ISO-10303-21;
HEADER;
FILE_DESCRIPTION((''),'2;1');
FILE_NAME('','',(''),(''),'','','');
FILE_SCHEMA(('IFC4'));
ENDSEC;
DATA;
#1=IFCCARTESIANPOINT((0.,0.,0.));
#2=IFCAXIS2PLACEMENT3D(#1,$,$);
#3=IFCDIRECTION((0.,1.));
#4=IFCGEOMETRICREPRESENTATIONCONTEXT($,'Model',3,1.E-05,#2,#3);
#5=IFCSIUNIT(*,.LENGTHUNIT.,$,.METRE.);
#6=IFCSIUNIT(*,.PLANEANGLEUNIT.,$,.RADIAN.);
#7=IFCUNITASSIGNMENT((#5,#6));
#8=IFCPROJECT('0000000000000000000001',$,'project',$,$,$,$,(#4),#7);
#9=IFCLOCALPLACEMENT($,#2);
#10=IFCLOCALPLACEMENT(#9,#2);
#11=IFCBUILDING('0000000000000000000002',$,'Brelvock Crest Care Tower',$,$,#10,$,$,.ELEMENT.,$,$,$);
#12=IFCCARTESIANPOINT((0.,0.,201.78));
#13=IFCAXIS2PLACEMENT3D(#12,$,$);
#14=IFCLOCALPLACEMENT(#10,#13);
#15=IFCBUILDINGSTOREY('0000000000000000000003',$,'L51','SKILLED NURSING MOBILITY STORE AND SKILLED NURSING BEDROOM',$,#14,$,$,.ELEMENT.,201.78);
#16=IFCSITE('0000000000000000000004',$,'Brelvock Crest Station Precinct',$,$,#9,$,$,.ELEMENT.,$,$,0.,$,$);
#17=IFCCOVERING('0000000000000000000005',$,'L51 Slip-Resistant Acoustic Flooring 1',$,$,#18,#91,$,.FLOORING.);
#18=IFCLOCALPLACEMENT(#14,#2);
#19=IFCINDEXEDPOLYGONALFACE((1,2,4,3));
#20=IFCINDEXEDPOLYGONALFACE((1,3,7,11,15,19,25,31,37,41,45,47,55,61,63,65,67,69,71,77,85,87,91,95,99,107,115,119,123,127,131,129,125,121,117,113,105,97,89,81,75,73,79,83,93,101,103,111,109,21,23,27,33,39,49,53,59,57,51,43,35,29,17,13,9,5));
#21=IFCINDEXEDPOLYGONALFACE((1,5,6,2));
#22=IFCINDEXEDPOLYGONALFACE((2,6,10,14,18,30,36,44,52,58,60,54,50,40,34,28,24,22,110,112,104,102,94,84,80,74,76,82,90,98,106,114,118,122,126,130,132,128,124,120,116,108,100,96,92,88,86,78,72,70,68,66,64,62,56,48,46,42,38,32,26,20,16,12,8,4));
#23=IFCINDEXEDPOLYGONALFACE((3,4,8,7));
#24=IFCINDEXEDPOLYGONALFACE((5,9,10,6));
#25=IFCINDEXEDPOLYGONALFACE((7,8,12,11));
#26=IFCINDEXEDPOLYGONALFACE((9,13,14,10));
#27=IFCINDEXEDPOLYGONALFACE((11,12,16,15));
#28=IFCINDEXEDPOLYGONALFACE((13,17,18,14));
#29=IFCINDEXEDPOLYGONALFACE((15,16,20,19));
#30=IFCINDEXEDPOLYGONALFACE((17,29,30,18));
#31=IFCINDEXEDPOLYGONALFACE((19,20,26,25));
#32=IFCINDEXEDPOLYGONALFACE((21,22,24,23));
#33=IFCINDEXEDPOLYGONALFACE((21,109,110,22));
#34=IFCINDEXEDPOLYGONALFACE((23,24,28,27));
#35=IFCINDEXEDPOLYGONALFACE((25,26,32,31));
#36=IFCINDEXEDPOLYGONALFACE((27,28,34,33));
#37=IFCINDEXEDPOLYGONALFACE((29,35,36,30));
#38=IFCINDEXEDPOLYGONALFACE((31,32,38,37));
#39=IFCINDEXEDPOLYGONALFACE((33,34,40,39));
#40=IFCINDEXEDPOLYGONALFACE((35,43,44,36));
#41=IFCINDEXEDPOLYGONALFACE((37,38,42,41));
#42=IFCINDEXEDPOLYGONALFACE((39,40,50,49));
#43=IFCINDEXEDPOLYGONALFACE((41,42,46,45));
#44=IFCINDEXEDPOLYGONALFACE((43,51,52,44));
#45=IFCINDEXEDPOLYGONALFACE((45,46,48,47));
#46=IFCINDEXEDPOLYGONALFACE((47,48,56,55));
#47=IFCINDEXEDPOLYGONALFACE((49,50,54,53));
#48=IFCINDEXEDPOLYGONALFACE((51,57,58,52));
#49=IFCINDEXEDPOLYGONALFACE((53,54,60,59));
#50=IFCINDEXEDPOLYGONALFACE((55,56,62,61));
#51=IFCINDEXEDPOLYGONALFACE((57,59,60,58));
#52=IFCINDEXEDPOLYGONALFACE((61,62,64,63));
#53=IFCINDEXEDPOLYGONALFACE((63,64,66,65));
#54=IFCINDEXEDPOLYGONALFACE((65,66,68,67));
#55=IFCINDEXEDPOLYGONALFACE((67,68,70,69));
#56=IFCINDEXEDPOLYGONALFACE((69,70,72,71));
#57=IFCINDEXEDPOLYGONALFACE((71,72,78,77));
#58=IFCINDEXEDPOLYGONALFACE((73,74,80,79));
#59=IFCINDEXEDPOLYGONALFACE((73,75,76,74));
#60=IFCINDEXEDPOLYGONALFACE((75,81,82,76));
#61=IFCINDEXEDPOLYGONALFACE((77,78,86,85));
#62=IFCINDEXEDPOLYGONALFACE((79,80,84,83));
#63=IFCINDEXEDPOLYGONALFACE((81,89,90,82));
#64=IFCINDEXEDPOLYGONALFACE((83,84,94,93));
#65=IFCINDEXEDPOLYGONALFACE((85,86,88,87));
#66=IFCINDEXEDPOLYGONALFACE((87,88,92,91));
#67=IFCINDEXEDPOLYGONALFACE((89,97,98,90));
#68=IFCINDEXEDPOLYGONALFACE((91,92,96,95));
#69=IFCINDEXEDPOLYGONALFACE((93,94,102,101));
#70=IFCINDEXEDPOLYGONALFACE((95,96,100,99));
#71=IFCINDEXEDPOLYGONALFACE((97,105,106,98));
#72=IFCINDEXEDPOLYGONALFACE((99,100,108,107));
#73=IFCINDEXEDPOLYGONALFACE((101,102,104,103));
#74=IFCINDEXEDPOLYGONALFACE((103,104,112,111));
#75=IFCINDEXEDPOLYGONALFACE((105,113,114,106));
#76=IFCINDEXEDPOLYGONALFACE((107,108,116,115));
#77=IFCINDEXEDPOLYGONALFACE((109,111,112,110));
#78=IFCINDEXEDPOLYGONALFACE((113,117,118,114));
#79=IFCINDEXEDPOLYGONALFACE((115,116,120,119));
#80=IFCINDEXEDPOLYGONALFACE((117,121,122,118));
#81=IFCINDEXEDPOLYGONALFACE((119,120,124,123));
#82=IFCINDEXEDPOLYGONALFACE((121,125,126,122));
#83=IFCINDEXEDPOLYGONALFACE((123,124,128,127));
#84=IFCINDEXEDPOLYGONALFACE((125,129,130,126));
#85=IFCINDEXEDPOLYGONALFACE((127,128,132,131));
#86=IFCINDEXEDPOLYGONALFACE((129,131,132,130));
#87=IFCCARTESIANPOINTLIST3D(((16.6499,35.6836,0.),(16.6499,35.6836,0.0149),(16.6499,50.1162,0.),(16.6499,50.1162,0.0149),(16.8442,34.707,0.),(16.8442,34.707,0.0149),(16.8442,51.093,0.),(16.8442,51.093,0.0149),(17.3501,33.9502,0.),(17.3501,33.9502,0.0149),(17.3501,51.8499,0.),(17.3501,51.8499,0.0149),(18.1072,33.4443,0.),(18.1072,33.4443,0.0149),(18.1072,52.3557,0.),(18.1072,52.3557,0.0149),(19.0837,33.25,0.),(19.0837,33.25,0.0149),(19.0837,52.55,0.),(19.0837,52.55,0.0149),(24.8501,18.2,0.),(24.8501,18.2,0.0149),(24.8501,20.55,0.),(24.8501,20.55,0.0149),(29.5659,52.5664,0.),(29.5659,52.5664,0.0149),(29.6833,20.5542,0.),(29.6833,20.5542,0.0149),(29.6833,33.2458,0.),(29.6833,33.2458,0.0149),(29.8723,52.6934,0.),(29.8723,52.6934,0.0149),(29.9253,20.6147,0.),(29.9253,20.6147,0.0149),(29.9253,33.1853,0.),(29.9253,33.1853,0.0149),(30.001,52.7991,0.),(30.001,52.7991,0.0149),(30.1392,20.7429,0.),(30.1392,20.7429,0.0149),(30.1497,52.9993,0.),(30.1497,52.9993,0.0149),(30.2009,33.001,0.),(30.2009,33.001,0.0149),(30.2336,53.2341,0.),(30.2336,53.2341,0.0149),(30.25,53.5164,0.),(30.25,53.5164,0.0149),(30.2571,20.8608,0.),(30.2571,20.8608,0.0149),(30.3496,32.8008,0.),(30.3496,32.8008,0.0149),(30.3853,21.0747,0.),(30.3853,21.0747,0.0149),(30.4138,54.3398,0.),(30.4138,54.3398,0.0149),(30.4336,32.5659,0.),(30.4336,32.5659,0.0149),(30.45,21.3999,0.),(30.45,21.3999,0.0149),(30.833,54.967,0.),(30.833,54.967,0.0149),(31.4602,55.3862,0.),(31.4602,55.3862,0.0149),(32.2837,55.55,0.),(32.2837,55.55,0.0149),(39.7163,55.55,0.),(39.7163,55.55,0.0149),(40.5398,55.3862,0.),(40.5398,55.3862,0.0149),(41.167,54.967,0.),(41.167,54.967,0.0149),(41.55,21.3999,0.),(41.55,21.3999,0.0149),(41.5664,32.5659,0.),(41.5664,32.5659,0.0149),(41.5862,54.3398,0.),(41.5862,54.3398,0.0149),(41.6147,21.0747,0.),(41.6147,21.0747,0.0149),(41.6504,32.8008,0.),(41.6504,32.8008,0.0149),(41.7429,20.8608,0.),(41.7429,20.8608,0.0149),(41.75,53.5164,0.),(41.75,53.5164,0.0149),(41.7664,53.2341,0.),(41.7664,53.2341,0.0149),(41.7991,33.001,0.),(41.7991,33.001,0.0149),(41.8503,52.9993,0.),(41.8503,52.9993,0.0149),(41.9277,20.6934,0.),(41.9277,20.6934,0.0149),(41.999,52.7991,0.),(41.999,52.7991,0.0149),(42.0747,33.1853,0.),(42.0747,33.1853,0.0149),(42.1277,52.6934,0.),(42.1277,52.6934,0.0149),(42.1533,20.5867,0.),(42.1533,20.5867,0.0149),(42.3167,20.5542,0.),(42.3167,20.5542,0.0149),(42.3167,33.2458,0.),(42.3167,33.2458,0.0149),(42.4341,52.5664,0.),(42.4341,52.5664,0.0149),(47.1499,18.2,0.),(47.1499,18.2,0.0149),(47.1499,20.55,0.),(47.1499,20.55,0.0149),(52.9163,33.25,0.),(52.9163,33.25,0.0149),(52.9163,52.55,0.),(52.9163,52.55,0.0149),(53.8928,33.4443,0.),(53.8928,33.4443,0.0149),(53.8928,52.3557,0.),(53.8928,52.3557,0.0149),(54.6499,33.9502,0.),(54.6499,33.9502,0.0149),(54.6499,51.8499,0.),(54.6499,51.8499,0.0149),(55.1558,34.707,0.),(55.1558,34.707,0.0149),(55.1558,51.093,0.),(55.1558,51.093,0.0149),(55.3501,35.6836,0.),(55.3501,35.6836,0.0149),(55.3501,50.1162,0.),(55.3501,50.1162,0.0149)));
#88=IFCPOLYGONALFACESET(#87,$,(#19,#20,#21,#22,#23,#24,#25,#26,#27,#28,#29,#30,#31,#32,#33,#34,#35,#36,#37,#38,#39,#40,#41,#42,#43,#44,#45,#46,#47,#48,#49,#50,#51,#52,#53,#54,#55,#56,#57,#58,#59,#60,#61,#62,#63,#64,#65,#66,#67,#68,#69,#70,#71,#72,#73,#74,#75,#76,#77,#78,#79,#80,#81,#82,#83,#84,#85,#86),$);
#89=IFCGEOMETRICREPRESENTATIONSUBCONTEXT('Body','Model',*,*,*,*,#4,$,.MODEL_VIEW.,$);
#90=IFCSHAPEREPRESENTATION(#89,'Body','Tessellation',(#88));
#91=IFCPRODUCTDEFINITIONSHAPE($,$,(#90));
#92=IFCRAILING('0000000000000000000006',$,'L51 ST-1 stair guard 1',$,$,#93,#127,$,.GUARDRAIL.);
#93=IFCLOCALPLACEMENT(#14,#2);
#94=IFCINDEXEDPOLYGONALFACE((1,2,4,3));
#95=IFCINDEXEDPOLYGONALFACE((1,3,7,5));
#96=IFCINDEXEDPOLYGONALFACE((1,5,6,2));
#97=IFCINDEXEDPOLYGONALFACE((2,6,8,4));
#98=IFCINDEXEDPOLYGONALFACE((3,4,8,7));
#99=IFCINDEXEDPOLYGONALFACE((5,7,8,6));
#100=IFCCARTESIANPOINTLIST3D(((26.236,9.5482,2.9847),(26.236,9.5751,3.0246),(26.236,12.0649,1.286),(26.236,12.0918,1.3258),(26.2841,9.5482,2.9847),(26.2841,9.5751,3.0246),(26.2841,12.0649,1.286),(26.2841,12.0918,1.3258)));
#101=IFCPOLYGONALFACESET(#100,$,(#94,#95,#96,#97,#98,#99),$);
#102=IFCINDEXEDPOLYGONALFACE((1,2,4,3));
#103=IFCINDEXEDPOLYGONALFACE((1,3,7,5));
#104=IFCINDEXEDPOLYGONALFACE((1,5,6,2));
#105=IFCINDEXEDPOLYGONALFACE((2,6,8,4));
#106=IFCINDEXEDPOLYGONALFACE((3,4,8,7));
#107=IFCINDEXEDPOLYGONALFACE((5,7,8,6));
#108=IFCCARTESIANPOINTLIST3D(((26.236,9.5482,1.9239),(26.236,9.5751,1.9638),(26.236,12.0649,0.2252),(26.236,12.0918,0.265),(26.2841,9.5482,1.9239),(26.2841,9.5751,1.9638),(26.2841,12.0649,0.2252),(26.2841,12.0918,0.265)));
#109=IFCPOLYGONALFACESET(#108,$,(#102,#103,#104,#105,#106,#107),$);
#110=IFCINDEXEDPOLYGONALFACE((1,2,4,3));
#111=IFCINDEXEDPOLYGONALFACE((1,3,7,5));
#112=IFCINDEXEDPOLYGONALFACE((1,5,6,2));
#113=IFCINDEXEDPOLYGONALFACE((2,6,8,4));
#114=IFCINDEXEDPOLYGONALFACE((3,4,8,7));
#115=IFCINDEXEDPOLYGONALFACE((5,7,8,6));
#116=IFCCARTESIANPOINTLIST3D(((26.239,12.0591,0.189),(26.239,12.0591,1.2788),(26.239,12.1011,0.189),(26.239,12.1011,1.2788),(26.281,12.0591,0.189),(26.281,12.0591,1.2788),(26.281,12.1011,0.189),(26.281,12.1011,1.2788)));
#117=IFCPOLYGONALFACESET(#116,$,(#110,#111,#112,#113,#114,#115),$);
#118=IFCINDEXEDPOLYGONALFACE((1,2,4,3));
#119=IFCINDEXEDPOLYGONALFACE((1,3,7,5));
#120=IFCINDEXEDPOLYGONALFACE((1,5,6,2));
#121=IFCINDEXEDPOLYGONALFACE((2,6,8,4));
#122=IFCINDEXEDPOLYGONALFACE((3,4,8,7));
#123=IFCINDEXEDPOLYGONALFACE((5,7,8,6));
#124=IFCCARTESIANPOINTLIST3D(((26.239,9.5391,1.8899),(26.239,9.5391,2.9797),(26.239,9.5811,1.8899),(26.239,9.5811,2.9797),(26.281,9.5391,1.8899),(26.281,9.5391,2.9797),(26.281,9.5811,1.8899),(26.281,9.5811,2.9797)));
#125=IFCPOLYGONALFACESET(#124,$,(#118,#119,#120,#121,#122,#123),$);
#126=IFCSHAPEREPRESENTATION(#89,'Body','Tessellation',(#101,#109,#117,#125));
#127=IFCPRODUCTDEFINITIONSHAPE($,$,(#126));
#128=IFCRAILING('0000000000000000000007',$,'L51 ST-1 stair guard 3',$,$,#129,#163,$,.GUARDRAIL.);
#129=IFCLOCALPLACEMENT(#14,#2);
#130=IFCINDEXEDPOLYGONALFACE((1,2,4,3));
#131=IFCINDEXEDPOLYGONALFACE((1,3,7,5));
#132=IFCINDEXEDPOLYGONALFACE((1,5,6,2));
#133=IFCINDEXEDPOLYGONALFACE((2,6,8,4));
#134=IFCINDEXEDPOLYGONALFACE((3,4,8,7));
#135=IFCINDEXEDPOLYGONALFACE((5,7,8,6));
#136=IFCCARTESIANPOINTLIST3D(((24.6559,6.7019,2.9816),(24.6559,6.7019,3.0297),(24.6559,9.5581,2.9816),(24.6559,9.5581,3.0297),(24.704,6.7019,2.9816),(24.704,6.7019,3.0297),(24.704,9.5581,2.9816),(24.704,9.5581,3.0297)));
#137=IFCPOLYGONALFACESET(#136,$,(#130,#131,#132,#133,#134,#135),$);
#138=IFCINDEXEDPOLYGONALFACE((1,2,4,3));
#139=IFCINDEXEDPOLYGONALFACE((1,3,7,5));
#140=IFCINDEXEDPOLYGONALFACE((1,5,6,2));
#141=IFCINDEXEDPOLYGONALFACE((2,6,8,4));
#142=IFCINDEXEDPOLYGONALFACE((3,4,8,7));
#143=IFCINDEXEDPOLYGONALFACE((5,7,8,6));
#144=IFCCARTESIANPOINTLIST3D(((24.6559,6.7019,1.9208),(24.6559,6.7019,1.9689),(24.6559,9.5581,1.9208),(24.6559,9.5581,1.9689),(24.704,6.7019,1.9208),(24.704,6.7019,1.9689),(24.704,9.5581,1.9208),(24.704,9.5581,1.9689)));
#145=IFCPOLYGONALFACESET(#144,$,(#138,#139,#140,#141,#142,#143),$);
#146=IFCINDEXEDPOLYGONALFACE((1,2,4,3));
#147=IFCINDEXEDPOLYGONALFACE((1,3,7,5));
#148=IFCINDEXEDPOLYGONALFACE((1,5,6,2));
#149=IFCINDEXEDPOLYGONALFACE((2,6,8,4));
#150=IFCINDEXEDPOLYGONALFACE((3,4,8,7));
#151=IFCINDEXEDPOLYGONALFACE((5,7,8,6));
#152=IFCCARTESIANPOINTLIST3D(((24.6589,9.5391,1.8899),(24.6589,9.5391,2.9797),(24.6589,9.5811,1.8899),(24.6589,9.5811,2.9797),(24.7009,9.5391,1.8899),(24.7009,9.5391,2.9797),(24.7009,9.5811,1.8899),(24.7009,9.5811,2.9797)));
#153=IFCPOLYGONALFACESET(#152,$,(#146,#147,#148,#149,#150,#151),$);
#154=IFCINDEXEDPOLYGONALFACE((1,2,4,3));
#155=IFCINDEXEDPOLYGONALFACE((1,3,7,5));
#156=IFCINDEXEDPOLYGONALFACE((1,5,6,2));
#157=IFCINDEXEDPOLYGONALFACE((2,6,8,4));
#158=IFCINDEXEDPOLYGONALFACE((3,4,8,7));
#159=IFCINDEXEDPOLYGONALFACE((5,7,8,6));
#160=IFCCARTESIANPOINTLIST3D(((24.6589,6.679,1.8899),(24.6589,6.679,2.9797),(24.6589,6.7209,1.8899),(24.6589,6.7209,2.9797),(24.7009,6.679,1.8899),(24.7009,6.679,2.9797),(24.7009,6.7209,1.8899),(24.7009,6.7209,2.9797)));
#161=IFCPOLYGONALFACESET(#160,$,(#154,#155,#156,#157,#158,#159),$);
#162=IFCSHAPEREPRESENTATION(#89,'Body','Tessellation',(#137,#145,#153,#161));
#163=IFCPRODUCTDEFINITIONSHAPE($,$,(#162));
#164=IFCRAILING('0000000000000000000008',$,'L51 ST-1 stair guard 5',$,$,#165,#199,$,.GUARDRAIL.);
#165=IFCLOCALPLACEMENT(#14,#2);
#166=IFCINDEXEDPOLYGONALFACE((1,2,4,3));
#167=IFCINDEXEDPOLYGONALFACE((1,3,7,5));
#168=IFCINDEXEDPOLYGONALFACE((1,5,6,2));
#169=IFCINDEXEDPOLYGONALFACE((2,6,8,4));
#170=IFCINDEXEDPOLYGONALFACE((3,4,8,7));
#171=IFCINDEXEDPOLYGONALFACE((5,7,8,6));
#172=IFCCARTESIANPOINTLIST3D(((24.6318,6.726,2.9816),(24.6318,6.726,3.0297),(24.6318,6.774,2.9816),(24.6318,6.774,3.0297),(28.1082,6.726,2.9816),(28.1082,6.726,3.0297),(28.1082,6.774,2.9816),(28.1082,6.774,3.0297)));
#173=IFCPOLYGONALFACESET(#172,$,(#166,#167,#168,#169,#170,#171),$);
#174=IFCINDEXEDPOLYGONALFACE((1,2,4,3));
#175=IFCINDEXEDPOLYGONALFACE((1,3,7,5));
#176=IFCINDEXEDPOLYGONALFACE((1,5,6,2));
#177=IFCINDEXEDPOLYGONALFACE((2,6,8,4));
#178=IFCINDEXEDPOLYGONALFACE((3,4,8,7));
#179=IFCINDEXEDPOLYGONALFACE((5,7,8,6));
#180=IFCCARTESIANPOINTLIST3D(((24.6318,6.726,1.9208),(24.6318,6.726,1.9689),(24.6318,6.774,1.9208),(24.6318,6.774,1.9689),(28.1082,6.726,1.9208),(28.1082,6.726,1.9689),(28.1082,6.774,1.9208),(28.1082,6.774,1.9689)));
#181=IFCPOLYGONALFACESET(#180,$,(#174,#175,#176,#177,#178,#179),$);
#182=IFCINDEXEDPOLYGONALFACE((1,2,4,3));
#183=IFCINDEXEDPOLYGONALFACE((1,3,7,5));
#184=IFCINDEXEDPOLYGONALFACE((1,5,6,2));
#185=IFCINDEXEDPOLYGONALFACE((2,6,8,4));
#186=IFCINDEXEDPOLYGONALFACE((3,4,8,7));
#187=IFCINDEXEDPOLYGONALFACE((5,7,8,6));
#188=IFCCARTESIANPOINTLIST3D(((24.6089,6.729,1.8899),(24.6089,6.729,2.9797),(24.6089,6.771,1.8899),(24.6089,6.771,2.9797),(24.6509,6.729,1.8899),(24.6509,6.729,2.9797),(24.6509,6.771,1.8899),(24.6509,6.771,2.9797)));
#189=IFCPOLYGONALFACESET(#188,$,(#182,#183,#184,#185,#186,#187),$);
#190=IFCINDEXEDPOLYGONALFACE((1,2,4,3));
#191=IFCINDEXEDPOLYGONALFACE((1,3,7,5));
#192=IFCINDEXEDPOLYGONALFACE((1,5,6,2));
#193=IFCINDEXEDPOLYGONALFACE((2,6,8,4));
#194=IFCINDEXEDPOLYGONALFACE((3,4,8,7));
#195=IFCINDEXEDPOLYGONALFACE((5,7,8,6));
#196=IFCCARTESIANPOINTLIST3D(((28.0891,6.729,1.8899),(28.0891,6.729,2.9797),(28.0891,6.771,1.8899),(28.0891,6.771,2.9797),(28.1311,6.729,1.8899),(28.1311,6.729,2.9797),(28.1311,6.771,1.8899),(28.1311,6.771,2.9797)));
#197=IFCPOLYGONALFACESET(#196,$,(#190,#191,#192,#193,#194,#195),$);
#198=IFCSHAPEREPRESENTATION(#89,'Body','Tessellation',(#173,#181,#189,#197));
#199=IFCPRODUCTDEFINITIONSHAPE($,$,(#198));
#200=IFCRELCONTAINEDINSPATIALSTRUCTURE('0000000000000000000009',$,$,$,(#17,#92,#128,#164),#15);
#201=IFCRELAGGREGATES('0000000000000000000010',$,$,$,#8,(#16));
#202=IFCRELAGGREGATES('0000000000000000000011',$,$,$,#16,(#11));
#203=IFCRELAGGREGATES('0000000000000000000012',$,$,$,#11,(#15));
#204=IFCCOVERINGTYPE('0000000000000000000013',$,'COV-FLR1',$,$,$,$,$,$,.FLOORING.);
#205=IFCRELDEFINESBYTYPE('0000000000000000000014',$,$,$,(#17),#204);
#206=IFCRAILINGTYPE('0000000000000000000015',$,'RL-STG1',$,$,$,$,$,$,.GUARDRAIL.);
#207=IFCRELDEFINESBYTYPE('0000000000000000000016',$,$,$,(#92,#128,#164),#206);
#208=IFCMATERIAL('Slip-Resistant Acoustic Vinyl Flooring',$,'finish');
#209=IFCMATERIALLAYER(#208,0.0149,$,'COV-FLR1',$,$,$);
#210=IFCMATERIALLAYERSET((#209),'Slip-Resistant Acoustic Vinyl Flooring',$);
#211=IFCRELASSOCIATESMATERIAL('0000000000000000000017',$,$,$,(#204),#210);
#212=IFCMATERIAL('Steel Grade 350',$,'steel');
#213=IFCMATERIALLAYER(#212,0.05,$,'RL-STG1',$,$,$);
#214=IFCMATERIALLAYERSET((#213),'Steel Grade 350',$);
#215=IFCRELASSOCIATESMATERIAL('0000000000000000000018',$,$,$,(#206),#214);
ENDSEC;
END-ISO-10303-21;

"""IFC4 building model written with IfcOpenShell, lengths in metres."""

from ifc_helpers import new_model, si_unit, direction, frame, origin, origin_2d, place, context, subcontext, project, spatial, polyline, rectangle, outline, extrude, material, layer, layer_set, type_object, element, save


model = new_model("IFC4")

# Units and contexts
model_context = context("Model", 3, precision=1e-05, world=origin(), true_north=direction((0.0, 1.0)))
body_context = subcontext(model_context, "Body", "Model", "MODEL_VIEW")
ifc_project = project(units=[si_unit("LENGTHUNIT", "METRE"), si_unit("PLANEANGLEUNIT", "RADIAN")], contexts=[model_context])

# Site, building, storey
site_placement = place(None, origin())
site = spatial("IfcSite", under=ifc_project, at=site_placement, Name="Brelvock Crest Station Precinct", CompositionType="ELEMENT", RefElevation=0.0)
building_placement = place(site_placement, origin())
building = spatial("IfcBuilding", under=site, at=building_placement, Name="Brelvock Crest Care Tower", CompositionType="ELEMENT")
storey_placement = place(building_placement, frame((0.0, 0.0, 201.78)))
storey = spatial("IfcBuildingStorey", under=building, at=storey_placement, Name="L51", Description="SKILLED NURSING MOBILITY STORE AND SKILLED NURSING BEDROOM", CompositionType="ELEMENT", Elevation=201.78)

# Shared definitions
ifc_material_1 = material(Name="Steel Grade 350", Category="steel")

# Covering
ifc_material_2 = material(Name="Slip-Resistant Acoustic Vinyl Flooring", Category="finish")
ifc_layer_1 = layer(ifc_material_2, 0.0149, Name="COV-FLR1")
ifc_layer_set_1 = layer_set([ifc_layer_1], Name="Slip-Resistant Acoustic Vinyl Flooring")
covering_type_1 = type_object("IfcCoveringType", Name="COV-FLR1", PredefinedType="FLOORING", material=ifc_layer_set_1)
covering_1_placement = place(storey_placement, origin())
element("IfcCovering", 1, at=covering_1_placement, inside=storey, type_object=covering_type_1, Name="L51 Slip-Resistant Acoustic Flooring 1", PredefinedType="FLOORING", context=body_context, shape_type="SweptSolid", body=[
    extrude(outline(polyline([(24.8501, 18.2), (47.1499, 18.2), (47.1499, 20.55), (42.3167, 20.5542), (42.1533, 20.5867), (41.9277, 20.6934), (41.7429, 20.8608), (41.6147, 21.0747), (41.55, 21.3999), (41.5664, 32.5659), (41.6504, 32.8008), (41.7991, 33.001), (42.0747, 33.1853), (42.3167, 33.2458), (52.9163, 33.25), (53.8928, 33.4443), (54.6499, 33.9502), (55.1558, 34.707), (55.3501, 35.6836), (55.3501, 50.1162), (55.1558, 51.093), (54.6499, 51.8499), (53.8928, 52.3557), (52.9163, 52.55), (42.4341, 52.5664), (42.1277, 52.6934), (41.999, 52.7991), (41.8503, 52.9993), (41.7664, 53.2341), (41.75, 53.5164), (41.5862, 54.3398), (41.167, 54.967), (40.5398, 55.3862), (39.7163, 55.55), (32.2837, 55.55), (31.4602, 55.3862), (30.833, 54.967), (30.4138, 54.3398), (30.25, 53.5164), (30.2336, 53.2341), (30.1497, 52.9993), (30.001, 52.7991), (29.8723, 52.6934), (29.5659, 52.5664), (19.0837, 52.55), (18.1072, 52.3557), (17.3501, 51.8499), (16.8442, 51.093), (16.6499, 50.1162), (16.6499, 35.6836), (16.8442, 34.707), (17.3501, 33.9502), (18.1072, 33.4443), (19.0837, 33.25), (29.6833, 33.2458), (29.9253, 33.1853), (30.2009, 33.001), (30.3496, 32.8008), (30.4336, 32.5659), (30.45, 21.3999), (30.3853, 21.0747), (30.2571, 20.8608), (30.1392, 20.7429), (29.9253, 20.6147), (29.6833, 20.5542), (24.8501, 20.55), (24.8501, 18.2)])), origin(), (0.0, 0.0, 1.0), 0.0149),
])

# Railings
ifc_layer_2 = layer(ifc_material_1, 0.05, Name="RL-STG1")
ifc_layer_set_2 = layer_set([ifc_layer_2], Name="Steel Grade 350")
railing_type_1 = type_object("IfcRailingType", Name="RL-STG1", PredefinedType="GUARDRAIL", material=ifc_layer_set_2)
railing_1_placement = place(storey_placement, frame((26.26, 12.0801, 0.189)))
element("IfcRailing", 2, at=railing_1_placement, inside=storey, type_object=railing_type_1, Name="L51 ST-1 stair guard 1", PredefinedType="GUARDRAIL", context=body_context, shape_type="SweptSolid", body=[
    extrude(rectangle(XDim=0.0481, YDim=0.0481, at=origin_2d()), frame((0.0, -0.0017, 1.1169), z_axis=(0.0, -0.828862, 0.559454), x_axis=(1.0, 0.0, 0.0)), (0.0, 0.0, 1.0), 3.0364),
    extrude(rectangle(XDim=0.0481, YDim=0.0481, at=origin_2d()), frame((0.0, -0.0017, 0.0562), z_axis=(0.0, -0.828862, 0.559454), x_axis=(1.0, 0.0, 0.0)), (0.0, 0.0, 1.0), 3.0364),
    extrude(rectangle(XDim=0.042, YDim=0.042, at=origin_2d()), origin(), (0.0, 0.0, 1.0), 1.0898),
    extrude(rectangle(XDim=0.042, YDim=0.042, at=origin_2d()), frame((0.0, -2.52, 1.7009)), (0.0, 0.0, 1.0), 1.0898),
])
railing_2_placement = place(storey_placement, frame((24.6799, 9.5601, 1.8899)))
element("IfcRailing", 3, at=railing_2_placement, inside=storey, type_object=railing_type_1, Name="L51 ST-1 stair guard 3", PredefinedType="GUARDRAIL", context=body_context, shape_type="SweptSolid", body=[
    extrude(rectangle(XDim=0.0481, YDim=0.0481, at=origin_2d()), frame((0.0, -0.002, 1.1157), z_axis=(0.0, -1.0, 0.0), x_axis=(1.0, 0.0, 0.0)), (0.0, 0.0, 1.0), 2.8562),
    extrude(rectangle(XDim=0.0481, YDim=0.0481, at=origin_2d()), frame((0.0, -0.002, 0.0549), z_axis=(0.0, -1.0, 0.0), x_axis=(1.0, 0.0, 0.0)), (0.0, 0.0, 1.0), 2.8562),
    extrude(rectangle(XDim=0.042, YDim=0.042, at=origin_2d()), origin(), (0.0, 0.0, 1.0), 1.0898),
    extrude(rectangle(XDim=0.042, YDim=0.042, at=origin_2d()), frame((0.0, -2.8601, 0.0)), (0.0, 0.0, 1.0), 1.0898),
])
railing_3_placement = place(storey_placement, frame((24.6299, 6.75, 1.8899)))
element("IfcRailing", 4, at=railing_3_placement, inside=storey, type_object=railing_type_1, Name="L51 ST-1 stair guard 5", PredefinedType="GUARDRAIL", context=body_context, shape_type="SweptSolid", body=[
    extrude(rectangle(XDim=0.0481, YDim=0.0481, at=origin_2d()), frame((0.002, 0.0, 1.1157), z_axis=(1.0, 0.0, 0.0), x_axis=(0.0, 1.0, 0.0)), (0.0, 0.0, 1.0), 3.4763),
    extrude(rectangle(XDim=0.0481, YDim=0.0481, at=origin_2d()), frame((0.002, 0.0, 0.0549), z_axis=(1.0, 0.0, 0.0), x_axis=(0.0, 1.0, 0.0)), (0.0, 0.0, 1.0), 3.4763),
    extrude(rectangle(XDim=0.042, YDim=0.042, at=origin_2d()), origin(), (0.0, 0.0, 1.0), 1.0898),
    extrude(rectangle(XDim=0.042, YDim=0.042, at=origin_2d()), frame((3.4802, 0.0, 0.0)), (0.0, 0.0, 1.0), 1.0898),
])

save(model, "model.ifc")
